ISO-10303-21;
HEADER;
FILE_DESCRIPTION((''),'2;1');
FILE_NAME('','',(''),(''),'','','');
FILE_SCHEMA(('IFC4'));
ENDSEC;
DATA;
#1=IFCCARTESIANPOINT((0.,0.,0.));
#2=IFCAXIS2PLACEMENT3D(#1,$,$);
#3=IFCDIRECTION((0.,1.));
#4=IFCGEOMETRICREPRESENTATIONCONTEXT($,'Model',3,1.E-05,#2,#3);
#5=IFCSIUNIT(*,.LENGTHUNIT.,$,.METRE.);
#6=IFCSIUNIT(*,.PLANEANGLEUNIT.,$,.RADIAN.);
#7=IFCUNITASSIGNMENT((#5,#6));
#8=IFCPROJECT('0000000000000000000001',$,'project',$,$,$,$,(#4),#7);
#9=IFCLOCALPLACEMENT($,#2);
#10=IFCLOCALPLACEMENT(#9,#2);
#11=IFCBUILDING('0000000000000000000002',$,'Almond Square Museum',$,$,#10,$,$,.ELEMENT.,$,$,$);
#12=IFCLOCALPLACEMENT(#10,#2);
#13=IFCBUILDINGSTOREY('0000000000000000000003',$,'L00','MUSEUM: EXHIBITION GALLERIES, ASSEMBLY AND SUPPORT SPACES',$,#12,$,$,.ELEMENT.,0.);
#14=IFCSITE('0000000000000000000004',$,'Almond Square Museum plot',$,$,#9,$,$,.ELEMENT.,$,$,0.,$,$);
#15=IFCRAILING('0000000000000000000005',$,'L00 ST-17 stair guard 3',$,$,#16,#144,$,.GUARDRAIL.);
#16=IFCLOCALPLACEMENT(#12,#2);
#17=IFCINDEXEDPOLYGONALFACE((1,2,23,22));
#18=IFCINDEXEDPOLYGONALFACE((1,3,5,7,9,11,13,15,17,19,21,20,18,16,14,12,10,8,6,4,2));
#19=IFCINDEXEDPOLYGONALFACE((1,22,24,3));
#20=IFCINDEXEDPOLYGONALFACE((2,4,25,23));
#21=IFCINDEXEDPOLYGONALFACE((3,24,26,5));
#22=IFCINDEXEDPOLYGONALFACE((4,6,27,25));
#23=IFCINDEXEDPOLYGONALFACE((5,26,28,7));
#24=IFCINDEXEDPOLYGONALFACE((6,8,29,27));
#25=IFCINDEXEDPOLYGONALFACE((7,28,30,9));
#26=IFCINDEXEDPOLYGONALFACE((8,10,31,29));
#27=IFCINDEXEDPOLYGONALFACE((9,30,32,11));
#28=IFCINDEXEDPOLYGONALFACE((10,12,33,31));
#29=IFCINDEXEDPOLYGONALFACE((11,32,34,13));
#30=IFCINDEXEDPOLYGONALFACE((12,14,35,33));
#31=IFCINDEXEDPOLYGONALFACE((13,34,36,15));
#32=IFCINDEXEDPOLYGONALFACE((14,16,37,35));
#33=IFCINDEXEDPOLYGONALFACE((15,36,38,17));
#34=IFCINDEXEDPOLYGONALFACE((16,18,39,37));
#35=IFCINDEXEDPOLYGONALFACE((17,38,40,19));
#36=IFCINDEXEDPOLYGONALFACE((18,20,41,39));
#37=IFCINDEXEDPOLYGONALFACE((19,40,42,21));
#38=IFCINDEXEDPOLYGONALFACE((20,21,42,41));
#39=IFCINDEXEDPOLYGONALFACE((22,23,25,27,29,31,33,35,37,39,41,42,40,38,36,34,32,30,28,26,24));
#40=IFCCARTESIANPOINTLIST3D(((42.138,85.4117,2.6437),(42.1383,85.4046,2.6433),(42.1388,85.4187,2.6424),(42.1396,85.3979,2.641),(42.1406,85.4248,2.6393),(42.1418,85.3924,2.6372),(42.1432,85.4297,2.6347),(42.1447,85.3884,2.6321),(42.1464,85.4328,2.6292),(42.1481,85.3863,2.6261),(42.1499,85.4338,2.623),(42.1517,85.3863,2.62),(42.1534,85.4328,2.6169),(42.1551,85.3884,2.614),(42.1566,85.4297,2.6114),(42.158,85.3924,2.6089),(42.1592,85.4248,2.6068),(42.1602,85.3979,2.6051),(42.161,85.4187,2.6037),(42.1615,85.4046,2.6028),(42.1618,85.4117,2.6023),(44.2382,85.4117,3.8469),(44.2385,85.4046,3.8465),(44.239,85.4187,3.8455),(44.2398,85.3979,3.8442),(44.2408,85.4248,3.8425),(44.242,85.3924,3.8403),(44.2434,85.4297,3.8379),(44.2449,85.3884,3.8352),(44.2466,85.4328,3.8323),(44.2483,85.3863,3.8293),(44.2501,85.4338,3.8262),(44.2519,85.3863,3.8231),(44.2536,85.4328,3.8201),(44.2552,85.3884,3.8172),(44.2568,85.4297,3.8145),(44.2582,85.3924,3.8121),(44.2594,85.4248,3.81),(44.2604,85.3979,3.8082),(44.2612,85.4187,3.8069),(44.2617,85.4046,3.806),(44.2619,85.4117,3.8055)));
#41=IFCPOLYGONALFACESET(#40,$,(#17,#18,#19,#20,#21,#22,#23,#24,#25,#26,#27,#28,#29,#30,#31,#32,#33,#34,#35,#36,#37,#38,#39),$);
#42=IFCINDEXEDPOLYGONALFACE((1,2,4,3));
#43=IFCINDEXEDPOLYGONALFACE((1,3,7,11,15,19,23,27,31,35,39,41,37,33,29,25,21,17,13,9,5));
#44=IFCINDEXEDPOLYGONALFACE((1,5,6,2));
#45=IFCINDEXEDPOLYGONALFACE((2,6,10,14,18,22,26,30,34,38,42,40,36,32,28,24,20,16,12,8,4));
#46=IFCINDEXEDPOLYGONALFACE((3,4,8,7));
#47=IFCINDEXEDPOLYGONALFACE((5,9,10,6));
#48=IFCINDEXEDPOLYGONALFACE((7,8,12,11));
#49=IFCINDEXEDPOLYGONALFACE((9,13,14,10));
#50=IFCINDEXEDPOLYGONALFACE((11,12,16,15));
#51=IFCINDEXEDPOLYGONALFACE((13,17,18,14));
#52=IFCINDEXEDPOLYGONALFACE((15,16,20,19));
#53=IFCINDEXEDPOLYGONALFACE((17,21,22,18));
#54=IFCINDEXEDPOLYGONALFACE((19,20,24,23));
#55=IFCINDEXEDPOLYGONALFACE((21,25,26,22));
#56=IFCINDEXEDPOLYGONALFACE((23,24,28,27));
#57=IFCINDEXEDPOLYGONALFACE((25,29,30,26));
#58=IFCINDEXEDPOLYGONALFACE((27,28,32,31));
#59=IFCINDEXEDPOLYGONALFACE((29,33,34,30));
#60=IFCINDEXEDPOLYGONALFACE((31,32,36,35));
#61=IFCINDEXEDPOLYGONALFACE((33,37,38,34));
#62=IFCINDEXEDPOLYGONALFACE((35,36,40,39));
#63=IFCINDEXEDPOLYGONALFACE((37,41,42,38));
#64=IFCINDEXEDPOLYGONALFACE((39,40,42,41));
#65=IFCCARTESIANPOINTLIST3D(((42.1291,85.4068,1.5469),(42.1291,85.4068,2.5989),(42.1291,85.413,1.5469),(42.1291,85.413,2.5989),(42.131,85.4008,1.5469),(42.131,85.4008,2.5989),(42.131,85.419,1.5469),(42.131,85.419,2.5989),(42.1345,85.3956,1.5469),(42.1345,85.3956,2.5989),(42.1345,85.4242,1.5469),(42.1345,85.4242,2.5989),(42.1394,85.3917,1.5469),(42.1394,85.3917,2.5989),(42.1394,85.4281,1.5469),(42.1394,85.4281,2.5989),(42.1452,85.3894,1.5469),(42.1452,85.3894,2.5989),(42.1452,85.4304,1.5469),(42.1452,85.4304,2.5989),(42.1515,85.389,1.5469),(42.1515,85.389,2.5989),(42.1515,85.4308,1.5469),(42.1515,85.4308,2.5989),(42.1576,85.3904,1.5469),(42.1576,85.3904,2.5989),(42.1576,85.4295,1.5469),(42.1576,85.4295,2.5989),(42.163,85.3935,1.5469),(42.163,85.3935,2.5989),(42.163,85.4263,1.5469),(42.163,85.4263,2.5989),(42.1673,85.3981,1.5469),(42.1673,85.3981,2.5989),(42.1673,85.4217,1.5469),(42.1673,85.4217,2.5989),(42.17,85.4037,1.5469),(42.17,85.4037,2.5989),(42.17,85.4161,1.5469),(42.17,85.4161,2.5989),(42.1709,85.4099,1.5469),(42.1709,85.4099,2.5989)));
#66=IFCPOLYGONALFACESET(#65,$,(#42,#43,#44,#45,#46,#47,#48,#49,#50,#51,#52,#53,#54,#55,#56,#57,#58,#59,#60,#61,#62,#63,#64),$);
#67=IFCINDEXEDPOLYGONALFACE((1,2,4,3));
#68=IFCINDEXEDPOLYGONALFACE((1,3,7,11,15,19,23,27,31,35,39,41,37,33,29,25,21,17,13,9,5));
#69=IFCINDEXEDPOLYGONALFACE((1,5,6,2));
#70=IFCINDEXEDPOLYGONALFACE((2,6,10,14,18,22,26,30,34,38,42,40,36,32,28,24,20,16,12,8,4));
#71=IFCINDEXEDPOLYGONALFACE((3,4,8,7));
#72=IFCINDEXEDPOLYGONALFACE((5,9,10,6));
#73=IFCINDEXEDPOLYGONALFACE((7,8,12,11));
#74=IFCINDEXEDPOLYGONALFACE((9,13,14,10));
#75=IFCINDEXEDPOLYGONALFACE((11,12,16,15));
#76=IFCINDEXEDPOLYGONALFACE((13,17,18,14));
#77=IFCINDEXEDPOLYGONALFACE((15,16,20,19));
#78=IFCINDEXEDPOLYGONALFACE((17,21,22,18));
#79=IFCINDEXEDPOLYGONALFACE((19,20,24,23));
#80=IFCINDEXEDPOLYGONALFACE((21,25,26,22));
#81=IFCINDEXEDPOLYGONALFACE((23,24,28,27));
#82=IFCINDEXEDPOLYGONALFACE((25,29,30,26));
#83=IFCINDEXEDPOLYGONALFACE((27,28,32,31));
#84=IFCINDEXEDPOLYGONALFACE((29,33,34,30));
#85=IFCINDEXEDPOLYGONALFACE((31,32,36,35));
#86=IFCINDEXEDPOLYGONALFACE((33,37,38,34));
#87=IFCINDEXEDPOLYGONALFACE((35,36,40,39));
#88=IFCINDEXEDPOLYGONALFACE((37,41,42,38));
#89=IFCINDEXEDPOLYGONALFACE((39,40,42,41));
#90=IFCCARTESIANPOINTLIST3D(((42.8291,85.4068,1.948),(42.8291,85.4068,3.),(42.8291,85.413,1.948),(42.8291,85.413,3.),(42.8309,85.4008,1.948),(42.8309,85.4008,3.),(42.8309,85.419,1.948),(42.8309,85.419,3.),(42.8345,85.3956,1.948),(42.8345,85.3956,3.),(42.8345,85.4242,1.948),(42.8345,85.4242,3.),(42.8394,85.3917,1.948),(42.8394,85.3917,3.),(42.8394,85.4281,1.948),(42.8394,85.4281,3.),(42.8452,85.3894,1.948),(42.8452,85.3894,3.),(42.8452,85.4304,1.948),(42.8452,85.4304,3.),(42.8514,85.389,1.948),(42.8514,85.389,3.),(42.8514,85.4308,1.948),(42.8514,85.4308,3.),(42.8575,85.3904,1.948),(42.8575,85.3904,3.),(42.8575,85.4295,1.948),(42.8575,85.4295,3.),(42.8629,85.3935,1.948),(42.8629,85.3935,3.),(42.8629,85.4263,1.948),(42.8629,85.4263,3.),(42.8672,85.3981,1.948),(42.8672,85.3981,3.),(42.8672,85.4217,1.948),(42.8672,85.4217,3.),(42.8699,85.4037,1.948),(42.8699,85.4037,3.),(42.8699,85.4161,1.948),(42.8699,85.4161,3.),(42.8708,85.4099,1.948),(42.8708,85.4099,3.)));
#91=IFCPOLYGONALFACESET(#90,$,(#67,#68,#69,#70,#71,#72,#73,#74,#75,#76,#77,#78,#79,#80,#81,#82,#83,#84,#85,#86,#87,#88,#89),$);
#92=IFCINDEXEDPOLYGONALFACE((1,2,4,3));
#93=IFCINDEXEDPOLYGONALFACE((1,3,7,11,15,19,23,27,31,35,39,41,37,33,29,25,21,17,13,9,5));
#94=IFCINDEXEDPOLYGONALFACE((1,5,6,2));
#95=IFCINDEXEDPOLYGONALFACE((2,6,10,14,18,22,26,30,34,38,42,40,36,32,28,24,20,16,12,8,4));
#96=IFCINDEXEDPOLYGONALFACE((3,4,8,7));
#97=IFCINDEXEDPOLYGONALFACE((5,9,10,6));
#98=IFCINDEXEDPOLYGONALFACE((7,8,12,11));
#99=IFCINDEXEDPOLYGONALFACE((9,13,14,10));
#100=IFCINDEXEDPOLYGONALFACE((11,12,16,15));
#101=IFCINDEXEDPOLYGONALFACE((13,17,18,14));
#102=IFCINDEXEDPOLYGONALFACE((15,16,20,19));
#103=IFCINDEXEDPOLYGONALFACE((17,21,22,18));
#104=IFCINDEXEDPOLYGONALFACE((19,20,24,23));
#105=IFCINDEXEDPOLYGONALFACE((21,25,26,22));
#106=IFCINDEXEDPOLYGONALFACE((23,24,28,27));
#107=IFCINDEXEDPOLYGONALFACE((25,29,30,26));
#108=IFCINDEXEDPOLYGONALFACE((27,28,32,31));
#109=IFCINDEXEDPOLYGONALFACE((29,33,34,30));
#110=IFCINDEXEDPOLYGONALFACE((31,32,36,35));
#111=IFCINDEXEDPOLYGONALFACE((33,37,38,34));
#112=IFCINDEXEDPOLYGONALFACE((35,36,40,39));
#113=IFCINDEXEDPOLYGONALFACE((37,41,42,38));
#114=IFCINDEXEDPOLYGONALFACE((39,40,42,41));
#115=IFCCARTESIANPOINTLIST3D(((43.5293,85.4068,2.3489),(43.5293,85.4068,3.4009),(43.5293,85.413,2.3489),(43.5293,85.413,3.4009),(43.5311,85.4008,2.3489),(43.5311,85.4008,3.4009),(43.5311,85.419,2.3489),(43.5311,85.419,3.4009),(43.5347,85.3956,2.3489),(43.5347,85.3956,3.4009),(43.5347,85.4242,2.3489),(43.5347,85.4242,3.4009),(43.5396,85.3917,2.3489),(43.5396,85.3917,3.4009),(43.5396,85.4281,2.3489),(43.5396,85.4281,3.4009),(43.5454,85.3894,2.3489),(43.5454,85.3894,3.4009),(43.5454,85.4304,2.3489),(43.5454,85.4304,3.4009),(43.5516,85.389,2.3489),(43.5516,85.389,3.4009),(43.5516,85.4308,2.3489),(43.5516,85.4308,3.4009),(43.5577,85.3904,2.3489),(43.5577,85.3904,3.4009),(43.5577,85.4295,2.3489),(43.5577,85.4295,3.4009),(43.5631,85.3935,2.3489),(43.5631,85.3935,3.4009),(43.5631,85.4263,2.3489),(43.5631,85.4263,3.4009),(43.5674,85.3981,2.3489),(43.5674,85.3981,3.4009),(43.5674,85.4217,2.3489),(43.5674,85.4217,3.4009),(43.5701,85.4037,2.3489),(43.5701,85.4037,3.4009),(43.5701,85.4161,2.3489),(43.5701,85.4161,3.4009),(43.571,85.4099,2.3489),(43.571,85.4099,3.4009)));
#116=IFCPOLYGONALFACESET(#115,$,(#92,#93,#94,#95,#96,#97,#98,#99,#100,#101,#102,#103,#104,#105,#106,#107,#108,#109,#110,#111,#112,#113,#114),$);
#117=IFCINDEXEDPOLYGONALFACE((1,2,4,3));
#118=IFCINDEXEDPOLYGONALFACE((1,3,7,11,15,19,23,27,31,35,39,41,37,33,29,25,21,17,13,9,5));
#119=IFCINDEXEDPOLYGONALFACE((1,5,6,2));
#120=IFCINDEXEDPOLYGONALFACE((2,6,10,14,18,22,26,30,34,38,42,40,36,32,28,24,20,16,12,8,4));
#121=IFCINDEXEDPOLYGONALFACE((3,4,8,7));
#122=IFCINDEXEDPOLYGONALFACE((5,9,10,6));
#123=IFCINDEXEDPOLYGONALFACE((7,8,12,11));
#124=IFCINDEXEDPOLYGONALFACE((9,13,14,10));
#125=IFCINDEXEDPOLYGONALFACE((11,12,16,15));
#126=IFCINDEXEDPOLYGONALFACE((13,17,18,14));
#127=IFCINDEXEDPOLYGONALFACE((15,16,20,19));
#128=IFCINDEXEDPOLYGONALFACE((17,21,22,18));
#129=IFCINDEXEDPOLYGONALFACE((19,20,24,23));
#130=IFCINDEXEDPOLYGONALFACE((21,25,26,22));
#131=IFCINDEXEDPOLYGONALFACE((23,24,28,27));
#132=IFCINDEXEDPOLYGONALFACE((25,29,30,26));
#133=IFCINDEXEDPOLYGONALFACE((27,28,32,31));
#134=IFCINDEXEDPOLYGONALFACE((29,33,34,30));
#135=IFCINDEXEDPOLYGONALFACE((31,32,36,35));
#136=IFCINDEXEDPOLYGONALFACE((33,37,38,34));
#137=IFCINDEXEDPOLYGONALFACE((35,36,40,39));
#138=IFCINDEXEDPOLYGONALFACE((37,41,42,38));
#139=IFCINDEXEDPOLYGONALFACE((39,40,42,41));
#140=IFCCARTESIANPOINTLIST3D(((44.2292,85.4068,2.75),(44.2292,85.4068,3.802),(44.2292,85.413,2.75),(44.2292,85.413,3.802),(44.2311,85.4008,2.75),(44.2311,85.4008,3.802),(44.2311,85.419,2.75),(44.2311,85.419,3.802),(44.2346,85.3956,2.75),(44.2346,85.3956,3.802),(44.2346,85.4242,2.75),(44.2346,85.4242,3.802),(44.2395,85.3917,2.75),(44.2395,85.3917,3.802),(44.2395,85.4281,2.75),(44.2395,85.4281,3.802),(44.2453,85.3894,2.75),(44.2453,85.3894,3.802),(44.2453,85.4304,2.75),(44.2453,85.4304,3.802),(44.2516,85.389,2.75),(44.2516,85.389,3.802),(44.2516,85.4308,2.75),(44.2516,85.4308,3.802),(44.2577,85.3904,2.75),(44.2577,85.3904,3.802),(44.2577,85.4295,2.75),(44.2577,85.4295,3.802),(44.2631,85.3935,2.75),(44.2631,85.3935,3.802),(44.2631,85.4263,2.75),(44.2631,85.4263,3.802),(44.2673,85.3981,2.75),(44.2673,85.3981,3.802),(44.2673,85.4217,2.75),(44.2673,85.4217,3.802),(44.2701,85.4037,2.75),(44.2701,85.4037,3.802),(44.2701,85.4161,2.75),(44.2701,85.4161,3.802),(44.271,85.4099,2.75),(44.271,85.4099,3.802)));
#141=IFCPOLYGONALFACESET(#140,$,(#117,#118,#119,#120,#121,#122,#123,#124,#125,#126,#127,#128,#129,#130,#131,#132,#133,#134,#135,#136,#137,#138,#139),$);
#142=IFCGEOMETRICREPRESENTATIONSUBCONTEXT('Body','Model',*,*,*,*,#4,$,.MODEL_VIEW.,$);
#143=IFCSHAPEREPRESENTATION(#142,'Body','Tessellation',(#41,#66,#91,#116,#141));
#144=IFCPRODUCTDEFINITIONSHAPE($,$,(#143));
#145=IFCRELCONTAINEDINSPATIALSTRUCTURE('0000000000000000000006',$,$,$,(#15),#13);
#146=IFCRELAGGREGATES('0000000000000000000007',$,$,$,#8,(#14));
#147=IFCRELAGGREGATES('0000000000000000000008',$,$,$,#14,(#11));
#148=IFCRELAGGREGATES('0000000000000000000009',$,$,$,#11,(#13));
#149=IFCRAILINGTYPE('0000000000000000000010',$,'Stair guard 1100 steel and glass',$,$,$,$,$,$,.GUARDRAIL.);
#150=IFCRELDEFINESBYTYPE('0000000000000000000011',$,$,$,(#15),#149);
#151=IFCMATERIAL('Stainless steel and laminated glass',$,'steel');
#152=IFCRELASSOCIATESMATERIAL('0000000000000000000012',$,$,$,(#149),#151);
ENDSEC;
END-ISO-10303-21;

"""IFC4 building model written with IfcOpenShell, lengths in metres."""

from ifc_helpers import new_model, si_unit, direction, frame, origin, origin_2d, place, context, subcontext, project, spatial, circle, extrude, material, type_object, element, save


model = new_model("IFC4")

# Units and contexts
model_context = context("Model", 3, precision=1e-05, world=origin(), true_north=direction((0.0, 1.0)))
body_context = subcontext(model_context, "Body", "Model", "MODEL_VIEW")
ifc_project = project(units=[si_unit("LENGTHUNIT", "METRE"), si_unit("PLANEANGLEUNIT", "RADIAN")], contexts=[model_context])

# Site, building, storey
site_placement = place(None, origin())
site = spatial("IfcSite", under=ifc_project, at=site_placement, Name="Almond Square Museum plot", CompositionType="ELEMENT", RefElevation=0.0)
building_placement = place(site_placement, origin())
building = spatial("IfcBuilding", under=site, at=building_placement, Name="Almond Square Museum", CompositionType="ELEMENT")
storey_placement = place(building_placement, origin())
storey = spatial("IfcBuildingStorey", under=building, at=storey_placement, Name="L00", Description="MUSEUM: EXHIBITION GALLERIES, ASSEMBLY AND SUPPORT SPACES", CompositionType="ELEMENT", Elevation=0.0)

# Railing
ifc_material_1 = material(Name="Stainless steel and laminated glass", Category="steel")
railing_type_1 = type_object("IfcRailingType", Name="Stair guard 1100 steel and glass", PredefinedType="GUARDRAIL", material=ifc_material_1)
railing_1_placement = place(storey_placement, frame((42.1499, 85.4099, 1.5469)))
element("IfcRailing", 1, at=railing_1_placement, inside=storey, type_object=railing_type_1, Name="L00 ST-17 stair guard 3", PredefinedType="GUARDRAIL", context=body_context, shape_type="SweptSolid", body=[
    extrude(circle(Radius=0.0239, at=origin_2d()), frame((0.0, 0.0, 1.0762), z_axis=(0.867696, 0.0, 0.497095), x_axis=(0.0, 1.0, 0.0)), (0.0, 0.0, 1.0), 2.4204),
    extrude(circle(Radius=0.021, at=origin_2d()), origin(), (0.0, 0.0, 1.0), 1.052),
    extrude(circle(Radius=0.021, at=origin_2d()), frame((0.7, 0.0, 0.4011)), (0.0, 0.0, 1.0), 1.052),
    extrude(circle(Radius=0.021, at=origin_2d()), frame((1.4001, 0.0, 0.802)), (0.0, 0.0, 1.0), 1.052),
    extrude(circle(Radius=0.021, at=origin_2d()), frame((2.1001, 0.0, 1.2031)), (0.0, 0.0, 1.0), 1.052),
])

save(model, "model.ifc")
